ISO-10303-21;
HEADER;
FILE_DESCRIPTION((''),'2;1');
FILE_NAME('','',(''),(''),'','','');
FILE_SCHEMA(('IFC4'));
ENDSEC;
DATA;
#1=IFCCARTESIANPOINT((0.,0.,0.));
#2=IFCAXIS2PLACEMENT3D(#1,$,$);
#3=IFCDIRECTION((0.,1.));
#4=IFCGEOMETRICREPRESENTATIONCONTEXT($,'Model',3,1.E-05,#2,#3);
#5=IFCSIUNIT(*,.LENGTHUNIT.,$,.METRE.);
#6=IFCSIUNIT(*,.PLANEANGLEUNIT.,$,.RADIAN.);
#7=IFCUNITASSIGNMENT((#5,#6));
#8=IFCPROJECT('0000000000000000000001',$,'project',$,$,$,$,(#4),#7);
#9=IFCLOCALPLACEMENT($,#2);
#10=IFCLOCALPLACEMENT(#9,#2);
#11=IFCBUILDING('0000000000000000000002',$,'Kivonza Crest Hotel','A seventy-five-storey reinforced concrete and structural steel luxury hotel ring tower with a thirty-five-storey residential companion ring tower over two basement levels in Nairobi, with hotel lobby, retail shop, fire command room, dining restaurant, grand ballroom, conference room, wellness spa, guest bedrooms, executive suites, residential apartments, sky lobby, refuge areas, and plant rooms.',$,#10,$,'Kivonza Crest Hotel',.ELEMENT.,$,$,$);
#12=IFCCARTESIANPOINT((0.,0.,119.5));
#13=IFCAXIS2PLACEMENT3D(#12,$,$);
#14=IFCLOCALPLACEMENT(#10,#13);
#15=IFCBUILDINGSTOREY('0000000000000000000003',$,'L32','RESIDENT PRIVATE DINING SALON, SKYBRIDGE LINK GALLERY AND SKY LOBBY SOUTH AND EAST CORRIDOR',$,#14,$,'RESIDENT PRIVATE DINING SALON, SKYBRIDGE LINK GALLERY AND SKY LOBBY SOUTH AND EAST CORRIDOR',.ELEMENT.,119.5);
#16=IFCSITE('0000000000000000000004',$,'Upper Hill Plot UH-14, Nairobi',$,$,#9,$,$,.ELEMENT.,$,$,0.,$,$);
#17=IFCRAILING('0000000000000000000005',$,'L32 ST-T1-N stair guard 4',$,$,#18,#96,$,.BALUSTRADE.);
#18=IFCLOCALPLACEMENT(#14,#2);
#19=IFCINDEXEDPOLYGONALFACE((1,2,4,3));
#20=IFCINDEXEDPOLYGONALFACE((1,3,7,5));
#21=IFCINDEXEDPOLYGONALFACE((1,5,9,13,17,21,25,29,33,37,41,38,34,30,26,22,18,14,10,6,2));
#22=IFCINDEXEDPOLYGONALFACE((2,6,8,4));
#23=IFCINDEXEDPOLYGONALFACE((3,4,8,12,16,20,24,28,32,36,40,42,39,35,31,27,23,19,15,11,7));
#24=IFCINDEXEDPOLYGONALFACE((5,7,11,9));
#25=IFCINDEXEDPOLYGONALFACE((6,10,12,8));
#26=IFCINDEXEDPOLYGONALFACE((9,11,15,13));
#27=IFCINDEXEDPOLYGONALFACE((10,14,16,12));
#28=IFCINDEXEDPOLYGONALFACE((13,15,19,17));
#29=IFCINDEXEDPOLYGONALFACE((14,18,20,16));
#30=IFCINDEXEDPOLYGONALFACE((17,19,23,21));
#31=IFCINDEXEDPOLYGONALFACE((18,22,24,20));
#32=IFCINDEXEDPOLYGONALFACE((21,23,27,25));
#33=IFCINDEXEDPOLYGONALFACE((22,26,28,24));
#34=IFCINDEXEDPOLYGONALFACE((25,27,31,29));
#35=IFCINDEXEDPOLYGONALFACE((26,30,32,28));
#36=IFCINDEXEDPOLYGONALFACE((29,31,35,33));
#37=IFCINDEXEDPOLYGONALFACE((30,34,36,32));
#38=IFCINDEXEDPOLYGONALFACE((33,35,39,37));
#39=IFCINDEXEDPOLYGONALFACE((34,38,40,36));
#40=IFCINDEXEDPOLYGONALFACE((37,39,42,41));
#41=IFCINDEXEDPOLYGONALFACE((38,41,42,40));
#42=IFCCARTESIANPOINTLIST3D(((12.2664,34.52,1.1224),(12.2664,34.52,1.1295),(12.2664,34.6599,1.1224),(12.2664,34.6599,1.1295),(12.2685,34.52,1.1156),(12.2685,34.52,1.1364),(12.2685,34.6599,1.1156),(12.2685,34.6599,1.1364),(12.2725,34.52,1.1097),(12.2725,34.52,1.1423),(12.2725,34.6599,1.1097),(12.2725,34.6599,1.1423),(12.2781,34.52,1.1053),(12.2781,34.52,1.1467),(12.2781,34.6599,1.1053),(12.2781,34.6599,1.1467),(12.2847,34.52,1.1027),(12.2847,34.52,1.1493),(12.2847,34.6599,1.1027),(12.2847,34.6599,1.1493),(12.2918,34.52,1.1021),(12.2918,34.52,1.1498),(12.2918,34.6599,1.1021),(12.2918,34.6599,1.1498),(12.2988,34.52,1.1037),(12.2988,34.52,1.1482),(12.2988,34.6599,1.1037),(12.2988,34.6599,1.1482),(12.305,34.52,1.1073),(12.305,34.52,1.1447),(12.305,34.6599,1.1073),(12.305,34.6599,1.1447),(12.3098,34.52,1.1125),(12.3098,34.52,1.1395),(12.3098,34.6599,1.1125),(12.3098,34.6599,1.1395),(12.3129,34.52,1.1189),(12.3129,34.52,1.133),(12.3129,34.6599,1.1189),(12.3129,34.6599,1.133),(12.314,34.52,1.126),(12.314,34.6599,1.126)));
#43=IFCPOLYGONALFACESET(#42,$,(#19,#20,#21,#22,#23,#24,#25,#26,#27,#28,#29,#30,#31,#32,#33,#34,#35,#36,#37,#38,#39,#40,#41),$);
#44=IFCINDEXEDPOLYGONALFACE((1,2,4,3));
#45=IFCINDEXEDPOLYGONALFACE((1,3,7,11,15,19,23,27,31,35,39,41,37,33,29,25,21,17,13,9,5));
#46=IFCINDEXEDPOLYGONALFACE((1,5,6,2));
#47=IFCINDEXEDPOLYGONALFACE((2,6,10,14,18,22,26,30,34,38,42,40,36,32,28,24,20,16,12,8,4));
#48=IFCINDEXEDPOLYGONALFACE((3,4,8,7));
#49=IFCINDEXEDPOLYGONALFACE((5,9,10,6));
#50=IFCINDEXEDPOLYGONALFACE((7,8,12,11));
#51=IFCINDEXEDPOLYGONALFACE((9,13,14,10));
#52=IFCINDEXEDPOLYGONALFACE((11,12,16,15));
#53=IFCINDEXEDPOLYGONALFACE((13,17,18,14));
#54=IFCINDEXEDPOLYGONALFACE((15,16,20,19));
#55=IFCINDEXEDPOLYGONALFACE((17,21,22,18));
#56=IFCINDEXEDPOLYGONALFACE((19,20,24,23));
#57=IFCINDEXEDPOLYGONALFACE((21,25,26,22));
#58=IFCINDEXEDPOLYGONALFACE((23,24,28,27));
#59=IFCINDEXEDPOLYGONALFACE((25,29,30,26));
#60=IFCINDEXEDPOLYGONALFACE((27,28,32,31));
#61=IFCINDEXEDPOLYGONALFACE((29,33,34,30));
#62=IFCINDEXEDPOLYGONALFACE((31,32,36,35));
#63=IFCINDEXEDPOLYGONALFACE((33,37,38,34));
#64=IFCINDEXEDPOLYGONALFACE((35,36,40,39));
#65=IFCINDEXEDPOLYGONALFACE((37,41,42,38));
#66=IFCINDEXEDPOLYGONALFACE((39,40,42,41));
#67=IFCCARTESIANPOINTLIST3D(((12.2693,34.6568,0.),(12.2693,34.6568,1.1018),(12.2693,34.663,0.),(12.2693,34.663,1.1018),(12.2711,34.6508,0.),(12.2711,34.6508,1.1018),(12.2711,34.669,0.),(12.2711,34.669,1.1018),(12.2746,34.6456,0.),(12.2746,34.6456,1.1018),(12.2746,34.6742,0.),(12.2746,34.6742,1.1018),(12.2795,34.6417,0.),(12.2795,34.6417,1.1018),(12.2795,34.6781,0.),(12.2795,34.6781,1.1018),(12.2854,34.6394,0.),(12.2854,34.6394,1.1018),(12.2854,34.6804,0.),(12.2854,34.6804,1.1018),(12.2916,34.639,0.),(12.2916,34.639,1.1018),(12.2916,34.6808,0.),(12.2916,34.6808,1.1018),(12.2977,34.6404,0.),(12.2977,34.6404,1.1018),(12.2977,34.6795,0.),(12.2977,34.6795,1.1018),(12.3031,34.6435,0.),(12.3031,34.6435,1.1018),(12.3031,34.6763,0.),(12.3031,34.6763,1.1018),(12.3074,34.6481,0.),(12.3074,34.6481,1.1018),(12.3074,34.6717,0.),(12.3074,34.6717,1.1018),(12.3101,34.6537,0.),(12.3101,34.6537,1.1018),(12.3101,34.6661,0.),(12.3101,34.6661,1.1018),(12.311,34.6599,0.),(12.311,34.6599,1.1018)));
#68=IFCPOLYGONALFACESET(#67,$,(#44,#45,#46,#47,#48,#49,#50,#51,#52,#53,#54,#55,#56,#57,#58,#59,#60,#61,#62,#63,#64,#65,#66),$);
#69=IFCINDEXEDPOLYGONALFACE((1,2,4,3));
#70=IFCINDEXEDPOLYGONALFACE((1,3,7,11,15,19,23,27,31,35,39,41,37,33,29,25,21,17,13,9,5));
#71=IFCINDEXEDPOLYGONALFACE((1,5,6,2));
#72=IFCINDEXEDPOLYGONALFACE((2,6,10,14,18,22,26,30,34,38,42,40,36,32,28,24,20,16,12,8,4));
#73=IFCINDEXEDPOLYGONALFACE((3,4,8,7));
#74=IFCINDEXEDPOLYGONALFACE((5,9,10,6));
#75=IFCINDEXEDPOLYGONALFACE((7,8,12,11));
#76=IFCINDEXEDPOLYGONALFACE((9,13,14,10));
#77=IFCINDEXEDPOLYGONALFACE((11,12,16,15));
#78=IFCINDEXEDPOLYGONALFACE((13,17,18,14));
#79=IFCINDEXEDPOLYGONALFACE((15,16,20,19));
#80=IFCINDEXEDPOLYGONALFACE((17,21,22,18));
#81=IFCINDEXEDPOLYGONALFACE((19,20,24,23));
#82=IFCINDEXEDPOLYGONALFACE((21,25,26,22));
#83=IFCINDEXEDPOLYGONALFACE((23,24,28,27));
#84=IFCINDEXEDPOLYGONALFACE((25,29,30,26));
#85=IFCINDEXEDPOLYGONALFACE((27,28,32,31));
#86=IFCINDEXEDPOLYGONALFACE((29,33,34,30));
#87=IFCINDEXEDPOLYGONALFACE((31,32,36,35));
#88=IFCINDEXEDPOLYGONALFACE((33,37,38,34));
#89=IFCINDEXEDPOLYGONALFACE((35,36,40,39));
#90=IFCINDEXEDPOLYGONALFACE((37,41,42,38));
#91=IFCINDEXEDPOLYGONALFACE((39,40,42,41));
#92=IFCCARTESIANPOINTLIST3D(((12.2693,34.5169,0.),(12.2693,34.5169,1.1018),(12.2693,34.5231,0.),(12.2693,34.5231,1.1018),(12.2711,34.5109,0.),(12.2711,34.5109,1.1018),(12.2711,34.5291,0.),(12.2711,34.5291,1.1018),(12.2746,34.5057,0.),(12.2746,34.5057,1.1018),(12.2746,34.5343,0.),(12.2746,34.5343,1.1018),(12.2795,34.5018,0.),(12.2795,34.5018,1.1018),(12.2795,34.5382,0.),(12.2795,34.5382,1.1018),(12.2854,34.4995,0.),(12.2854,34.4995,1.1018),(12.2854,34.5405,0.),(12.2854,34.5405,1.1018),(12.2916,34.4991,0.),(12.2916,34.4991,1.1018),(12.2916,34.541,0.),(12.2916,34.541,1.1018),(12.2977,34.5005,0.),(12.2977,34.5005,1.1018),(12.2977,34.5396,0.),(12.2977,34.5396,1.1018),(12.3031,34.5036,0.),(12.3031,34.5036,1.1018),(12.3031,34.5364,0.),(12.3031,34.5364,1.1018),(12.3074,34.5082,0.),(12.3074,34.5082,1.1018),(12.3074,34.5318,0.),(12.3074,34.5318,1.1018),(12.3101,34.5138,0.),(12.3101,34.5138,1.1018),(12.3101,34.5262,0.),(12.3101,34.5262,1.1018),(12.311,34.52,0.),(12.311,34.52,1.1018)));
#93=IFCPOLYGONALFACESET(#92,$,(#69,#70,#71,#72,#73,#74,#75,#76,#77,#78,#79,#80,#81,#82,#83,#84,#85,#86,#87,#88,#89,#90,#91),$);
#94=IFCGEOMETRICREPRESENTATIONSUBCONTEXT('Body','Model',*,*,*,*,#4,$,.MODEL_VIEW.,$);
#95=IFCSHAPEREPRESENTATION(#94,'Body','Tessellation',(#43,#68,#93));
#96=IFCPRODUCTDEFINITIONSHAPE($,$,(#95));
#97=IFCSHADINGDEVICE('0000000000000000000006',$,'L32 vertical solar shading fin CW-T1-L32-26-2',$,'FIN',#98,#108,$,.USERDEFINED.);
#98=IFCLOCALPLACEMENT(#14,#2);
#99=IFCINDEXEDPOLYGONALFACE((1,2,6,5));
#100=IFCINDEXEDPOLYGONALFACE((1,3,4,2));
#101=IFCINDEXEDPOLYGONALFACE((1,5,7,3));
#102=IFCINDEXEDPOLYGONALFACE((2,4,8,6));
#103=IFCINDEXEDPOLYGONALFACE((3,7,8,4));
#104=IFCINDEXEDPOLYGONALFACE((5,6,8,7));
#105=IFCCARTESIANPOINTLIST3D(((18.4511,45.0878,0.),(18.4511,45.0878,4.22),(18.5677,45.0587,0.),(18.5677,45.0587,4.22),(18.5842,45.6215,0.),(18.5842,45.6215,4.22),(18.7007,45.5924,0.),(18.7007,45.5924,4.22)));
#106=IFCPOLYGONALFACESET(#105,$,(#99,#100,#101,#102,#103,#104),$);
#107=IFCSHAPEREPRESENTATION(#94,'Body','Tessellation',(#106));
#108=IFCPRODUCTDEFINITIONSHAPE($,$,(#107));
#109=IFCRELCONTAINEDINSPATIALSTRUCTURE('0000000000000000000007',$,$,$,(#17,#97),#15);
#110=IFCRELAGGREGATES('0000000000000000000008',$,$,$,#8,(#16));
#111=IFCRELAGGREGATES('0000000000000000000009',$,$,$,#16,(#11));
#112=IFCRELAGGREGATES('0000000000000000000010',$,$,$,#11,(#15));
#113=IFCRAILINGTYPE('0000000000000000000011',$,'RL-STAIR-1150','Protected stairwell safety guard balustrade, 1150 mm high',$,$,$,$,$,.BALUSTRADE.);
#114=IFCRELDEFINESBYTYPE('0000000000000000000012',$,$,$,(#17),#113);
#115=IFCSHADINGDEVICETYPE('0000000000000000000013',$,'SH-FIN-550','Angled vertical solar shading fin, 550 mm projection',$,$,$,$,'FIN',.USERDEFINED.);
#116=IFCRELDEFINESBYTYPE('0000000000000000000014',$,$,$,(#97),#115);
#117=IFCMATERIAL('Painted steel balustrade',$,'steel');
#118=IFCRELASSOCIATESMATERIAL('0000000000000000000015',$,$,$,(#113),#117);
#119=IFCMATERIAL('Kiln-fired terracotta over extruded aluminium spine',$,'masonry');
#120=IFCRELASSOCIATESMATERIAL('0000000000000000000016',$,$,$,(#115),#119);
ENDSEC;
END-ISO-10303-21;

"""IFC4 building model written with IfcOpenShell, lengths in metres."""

from ifc_helpers import new_model, si_unit, direction, frame, origin, origin_2d, place, context, subcontext, project, spatial, rectangle, circle, extrude, material, type_object, element, save


model = new_model("IFC4")

# Units and contexts
model_context = context("Model", 3, precision=1e-05, world=origin(), true_north=direction((0.0, 1.0)))
body_context = subcontext(model_context, "Body", "Model", "MODEL_VIEW")
ifc_project = project(units=[si_unit("LENGTHUNIT", "METRE"), si_unit("PLANEANGLEUNIT", "RADIAN")], contexts=[model_context])

# Site, building, storey
site_placement = place(None, origin())
site = spatial("IfcSite", under=ifc_project, at=site_placement, Name="Upper Hill Plot UH-14, Nairobi", CompositionType="ELEMENT", RefElevation=0.0)
building_placement = place(site_placement, origin())
building = spatial("IfcBuilding", under=site, at=building_placement, Name="Kivonza Crest Hotel", Description="A seventy-five-storey reinforced concrete and structural steel luxury hotel ring tower with a thirty-five-storey residential companion ring tower over two basement levels in Nairobi, with hotel lobby, retail shop, fire command room, dining restaurant, grand ballroom, conference room, wellness spa, guest bedrooms, executive suites, residential apartments, sky lobby, refuge areas, and plant rooms.", LongName="Kivonza Crest Hotel", CompositionType="ELEMENT")
storey_placement = place(building_placement, frame((0.0, 0.0, 119.5)))
storey = spatial("IfcBuildingStorey", under=building, at=storey_placement, Name="L32", Description="RESIDENT PRIVATE DINING SALON, SKYBRIDGE LINK GALLERY AND SKY LOBBY SOUTH AND EAST CORRIDOR", LongName="RESIDENT PRIVATE DINING SALON, SKYBRIDGE LINK GALLERY AND SKY LOBBY SOUTH AND EAST CORRIDOR", CompositionType="ELEMENT", Elevation=119.5)

# Railing
ifc_material_1 = material(Name="Painted steel balustrade", Category="steel")
railing_type = type_object("IfcRailingType", Name="RL-STAIR-1150", Description="Protected stairwell safety guard balustrade, 1150 mm high", PredefinedType="BALUSTRADE", material=ifc_material_1)
railing_placement = place(storey_placement, frame((12.29, 34.6599, 0.0)))
element("IfcRailing", 1, at=railing_placement, inside=storey, type_object=railing_type, Name="L32 ST-T1-N stair guard 4", PredefinedType="BALUSTRADE", context=body_context, shape_type="SweptSolid", body=[
    extrude(circle(Radius=0.0239, at=origin_2d()), frame((0.0, 0.0, 1.126), z_axis=(0.0, -1.0, 0.0), x_axis=(1.0, 0.0, 0.0)), (0.0, 0.0, 1.0), 0.1399),
    extrude(circle(Radius=0.021, at=origin_2d()), origin(), (0.0, 0.0, 1.0), 1.1018),
    extrude(circle(Radius=0.021, at=origin_2d()), frame((0.0, -0.1399, 0.0)), (0.0, 0.0, 1.0), 1.1018),
])

# Shading device
ifc_material_2 = material(Name="Kiln-fired terracotta over extruded aluminium spine", Category="masonry")
shading_device_type = type_object("IfcShadingDeviceType", Name="SH-FIN-550", Description="Angled vertical solar shading fin, 550 mm projection", ElementType="FIN", PredefinedType="USERDEFINED", material=ifc_material_2)
shading_device_placement = place(storey_placement, frame((18.5759, 45.3401, 0.0), z_axis=(0.0, 0.0, 1.0), x_axis=(-0.970296, 0.241922, 0.0)))
element("IfcShadingDevice", 2, at=shading_device_placement, inside=storey, type_object=shading_device_type, Name="L32 vertical solar shading fin CW-T1-L32-26-2", ObjectType="FIN", PredefinedType="USERDEFINED", context=body_context, shape_type="SweptSolid", body=[
    extrude(rectangle(XDim=0.1201, YDim=0.55, at=origin_2d()), origin(), (0.0, 0.0, 1.0), 4.22),
])

save(model, "model.ifc")
